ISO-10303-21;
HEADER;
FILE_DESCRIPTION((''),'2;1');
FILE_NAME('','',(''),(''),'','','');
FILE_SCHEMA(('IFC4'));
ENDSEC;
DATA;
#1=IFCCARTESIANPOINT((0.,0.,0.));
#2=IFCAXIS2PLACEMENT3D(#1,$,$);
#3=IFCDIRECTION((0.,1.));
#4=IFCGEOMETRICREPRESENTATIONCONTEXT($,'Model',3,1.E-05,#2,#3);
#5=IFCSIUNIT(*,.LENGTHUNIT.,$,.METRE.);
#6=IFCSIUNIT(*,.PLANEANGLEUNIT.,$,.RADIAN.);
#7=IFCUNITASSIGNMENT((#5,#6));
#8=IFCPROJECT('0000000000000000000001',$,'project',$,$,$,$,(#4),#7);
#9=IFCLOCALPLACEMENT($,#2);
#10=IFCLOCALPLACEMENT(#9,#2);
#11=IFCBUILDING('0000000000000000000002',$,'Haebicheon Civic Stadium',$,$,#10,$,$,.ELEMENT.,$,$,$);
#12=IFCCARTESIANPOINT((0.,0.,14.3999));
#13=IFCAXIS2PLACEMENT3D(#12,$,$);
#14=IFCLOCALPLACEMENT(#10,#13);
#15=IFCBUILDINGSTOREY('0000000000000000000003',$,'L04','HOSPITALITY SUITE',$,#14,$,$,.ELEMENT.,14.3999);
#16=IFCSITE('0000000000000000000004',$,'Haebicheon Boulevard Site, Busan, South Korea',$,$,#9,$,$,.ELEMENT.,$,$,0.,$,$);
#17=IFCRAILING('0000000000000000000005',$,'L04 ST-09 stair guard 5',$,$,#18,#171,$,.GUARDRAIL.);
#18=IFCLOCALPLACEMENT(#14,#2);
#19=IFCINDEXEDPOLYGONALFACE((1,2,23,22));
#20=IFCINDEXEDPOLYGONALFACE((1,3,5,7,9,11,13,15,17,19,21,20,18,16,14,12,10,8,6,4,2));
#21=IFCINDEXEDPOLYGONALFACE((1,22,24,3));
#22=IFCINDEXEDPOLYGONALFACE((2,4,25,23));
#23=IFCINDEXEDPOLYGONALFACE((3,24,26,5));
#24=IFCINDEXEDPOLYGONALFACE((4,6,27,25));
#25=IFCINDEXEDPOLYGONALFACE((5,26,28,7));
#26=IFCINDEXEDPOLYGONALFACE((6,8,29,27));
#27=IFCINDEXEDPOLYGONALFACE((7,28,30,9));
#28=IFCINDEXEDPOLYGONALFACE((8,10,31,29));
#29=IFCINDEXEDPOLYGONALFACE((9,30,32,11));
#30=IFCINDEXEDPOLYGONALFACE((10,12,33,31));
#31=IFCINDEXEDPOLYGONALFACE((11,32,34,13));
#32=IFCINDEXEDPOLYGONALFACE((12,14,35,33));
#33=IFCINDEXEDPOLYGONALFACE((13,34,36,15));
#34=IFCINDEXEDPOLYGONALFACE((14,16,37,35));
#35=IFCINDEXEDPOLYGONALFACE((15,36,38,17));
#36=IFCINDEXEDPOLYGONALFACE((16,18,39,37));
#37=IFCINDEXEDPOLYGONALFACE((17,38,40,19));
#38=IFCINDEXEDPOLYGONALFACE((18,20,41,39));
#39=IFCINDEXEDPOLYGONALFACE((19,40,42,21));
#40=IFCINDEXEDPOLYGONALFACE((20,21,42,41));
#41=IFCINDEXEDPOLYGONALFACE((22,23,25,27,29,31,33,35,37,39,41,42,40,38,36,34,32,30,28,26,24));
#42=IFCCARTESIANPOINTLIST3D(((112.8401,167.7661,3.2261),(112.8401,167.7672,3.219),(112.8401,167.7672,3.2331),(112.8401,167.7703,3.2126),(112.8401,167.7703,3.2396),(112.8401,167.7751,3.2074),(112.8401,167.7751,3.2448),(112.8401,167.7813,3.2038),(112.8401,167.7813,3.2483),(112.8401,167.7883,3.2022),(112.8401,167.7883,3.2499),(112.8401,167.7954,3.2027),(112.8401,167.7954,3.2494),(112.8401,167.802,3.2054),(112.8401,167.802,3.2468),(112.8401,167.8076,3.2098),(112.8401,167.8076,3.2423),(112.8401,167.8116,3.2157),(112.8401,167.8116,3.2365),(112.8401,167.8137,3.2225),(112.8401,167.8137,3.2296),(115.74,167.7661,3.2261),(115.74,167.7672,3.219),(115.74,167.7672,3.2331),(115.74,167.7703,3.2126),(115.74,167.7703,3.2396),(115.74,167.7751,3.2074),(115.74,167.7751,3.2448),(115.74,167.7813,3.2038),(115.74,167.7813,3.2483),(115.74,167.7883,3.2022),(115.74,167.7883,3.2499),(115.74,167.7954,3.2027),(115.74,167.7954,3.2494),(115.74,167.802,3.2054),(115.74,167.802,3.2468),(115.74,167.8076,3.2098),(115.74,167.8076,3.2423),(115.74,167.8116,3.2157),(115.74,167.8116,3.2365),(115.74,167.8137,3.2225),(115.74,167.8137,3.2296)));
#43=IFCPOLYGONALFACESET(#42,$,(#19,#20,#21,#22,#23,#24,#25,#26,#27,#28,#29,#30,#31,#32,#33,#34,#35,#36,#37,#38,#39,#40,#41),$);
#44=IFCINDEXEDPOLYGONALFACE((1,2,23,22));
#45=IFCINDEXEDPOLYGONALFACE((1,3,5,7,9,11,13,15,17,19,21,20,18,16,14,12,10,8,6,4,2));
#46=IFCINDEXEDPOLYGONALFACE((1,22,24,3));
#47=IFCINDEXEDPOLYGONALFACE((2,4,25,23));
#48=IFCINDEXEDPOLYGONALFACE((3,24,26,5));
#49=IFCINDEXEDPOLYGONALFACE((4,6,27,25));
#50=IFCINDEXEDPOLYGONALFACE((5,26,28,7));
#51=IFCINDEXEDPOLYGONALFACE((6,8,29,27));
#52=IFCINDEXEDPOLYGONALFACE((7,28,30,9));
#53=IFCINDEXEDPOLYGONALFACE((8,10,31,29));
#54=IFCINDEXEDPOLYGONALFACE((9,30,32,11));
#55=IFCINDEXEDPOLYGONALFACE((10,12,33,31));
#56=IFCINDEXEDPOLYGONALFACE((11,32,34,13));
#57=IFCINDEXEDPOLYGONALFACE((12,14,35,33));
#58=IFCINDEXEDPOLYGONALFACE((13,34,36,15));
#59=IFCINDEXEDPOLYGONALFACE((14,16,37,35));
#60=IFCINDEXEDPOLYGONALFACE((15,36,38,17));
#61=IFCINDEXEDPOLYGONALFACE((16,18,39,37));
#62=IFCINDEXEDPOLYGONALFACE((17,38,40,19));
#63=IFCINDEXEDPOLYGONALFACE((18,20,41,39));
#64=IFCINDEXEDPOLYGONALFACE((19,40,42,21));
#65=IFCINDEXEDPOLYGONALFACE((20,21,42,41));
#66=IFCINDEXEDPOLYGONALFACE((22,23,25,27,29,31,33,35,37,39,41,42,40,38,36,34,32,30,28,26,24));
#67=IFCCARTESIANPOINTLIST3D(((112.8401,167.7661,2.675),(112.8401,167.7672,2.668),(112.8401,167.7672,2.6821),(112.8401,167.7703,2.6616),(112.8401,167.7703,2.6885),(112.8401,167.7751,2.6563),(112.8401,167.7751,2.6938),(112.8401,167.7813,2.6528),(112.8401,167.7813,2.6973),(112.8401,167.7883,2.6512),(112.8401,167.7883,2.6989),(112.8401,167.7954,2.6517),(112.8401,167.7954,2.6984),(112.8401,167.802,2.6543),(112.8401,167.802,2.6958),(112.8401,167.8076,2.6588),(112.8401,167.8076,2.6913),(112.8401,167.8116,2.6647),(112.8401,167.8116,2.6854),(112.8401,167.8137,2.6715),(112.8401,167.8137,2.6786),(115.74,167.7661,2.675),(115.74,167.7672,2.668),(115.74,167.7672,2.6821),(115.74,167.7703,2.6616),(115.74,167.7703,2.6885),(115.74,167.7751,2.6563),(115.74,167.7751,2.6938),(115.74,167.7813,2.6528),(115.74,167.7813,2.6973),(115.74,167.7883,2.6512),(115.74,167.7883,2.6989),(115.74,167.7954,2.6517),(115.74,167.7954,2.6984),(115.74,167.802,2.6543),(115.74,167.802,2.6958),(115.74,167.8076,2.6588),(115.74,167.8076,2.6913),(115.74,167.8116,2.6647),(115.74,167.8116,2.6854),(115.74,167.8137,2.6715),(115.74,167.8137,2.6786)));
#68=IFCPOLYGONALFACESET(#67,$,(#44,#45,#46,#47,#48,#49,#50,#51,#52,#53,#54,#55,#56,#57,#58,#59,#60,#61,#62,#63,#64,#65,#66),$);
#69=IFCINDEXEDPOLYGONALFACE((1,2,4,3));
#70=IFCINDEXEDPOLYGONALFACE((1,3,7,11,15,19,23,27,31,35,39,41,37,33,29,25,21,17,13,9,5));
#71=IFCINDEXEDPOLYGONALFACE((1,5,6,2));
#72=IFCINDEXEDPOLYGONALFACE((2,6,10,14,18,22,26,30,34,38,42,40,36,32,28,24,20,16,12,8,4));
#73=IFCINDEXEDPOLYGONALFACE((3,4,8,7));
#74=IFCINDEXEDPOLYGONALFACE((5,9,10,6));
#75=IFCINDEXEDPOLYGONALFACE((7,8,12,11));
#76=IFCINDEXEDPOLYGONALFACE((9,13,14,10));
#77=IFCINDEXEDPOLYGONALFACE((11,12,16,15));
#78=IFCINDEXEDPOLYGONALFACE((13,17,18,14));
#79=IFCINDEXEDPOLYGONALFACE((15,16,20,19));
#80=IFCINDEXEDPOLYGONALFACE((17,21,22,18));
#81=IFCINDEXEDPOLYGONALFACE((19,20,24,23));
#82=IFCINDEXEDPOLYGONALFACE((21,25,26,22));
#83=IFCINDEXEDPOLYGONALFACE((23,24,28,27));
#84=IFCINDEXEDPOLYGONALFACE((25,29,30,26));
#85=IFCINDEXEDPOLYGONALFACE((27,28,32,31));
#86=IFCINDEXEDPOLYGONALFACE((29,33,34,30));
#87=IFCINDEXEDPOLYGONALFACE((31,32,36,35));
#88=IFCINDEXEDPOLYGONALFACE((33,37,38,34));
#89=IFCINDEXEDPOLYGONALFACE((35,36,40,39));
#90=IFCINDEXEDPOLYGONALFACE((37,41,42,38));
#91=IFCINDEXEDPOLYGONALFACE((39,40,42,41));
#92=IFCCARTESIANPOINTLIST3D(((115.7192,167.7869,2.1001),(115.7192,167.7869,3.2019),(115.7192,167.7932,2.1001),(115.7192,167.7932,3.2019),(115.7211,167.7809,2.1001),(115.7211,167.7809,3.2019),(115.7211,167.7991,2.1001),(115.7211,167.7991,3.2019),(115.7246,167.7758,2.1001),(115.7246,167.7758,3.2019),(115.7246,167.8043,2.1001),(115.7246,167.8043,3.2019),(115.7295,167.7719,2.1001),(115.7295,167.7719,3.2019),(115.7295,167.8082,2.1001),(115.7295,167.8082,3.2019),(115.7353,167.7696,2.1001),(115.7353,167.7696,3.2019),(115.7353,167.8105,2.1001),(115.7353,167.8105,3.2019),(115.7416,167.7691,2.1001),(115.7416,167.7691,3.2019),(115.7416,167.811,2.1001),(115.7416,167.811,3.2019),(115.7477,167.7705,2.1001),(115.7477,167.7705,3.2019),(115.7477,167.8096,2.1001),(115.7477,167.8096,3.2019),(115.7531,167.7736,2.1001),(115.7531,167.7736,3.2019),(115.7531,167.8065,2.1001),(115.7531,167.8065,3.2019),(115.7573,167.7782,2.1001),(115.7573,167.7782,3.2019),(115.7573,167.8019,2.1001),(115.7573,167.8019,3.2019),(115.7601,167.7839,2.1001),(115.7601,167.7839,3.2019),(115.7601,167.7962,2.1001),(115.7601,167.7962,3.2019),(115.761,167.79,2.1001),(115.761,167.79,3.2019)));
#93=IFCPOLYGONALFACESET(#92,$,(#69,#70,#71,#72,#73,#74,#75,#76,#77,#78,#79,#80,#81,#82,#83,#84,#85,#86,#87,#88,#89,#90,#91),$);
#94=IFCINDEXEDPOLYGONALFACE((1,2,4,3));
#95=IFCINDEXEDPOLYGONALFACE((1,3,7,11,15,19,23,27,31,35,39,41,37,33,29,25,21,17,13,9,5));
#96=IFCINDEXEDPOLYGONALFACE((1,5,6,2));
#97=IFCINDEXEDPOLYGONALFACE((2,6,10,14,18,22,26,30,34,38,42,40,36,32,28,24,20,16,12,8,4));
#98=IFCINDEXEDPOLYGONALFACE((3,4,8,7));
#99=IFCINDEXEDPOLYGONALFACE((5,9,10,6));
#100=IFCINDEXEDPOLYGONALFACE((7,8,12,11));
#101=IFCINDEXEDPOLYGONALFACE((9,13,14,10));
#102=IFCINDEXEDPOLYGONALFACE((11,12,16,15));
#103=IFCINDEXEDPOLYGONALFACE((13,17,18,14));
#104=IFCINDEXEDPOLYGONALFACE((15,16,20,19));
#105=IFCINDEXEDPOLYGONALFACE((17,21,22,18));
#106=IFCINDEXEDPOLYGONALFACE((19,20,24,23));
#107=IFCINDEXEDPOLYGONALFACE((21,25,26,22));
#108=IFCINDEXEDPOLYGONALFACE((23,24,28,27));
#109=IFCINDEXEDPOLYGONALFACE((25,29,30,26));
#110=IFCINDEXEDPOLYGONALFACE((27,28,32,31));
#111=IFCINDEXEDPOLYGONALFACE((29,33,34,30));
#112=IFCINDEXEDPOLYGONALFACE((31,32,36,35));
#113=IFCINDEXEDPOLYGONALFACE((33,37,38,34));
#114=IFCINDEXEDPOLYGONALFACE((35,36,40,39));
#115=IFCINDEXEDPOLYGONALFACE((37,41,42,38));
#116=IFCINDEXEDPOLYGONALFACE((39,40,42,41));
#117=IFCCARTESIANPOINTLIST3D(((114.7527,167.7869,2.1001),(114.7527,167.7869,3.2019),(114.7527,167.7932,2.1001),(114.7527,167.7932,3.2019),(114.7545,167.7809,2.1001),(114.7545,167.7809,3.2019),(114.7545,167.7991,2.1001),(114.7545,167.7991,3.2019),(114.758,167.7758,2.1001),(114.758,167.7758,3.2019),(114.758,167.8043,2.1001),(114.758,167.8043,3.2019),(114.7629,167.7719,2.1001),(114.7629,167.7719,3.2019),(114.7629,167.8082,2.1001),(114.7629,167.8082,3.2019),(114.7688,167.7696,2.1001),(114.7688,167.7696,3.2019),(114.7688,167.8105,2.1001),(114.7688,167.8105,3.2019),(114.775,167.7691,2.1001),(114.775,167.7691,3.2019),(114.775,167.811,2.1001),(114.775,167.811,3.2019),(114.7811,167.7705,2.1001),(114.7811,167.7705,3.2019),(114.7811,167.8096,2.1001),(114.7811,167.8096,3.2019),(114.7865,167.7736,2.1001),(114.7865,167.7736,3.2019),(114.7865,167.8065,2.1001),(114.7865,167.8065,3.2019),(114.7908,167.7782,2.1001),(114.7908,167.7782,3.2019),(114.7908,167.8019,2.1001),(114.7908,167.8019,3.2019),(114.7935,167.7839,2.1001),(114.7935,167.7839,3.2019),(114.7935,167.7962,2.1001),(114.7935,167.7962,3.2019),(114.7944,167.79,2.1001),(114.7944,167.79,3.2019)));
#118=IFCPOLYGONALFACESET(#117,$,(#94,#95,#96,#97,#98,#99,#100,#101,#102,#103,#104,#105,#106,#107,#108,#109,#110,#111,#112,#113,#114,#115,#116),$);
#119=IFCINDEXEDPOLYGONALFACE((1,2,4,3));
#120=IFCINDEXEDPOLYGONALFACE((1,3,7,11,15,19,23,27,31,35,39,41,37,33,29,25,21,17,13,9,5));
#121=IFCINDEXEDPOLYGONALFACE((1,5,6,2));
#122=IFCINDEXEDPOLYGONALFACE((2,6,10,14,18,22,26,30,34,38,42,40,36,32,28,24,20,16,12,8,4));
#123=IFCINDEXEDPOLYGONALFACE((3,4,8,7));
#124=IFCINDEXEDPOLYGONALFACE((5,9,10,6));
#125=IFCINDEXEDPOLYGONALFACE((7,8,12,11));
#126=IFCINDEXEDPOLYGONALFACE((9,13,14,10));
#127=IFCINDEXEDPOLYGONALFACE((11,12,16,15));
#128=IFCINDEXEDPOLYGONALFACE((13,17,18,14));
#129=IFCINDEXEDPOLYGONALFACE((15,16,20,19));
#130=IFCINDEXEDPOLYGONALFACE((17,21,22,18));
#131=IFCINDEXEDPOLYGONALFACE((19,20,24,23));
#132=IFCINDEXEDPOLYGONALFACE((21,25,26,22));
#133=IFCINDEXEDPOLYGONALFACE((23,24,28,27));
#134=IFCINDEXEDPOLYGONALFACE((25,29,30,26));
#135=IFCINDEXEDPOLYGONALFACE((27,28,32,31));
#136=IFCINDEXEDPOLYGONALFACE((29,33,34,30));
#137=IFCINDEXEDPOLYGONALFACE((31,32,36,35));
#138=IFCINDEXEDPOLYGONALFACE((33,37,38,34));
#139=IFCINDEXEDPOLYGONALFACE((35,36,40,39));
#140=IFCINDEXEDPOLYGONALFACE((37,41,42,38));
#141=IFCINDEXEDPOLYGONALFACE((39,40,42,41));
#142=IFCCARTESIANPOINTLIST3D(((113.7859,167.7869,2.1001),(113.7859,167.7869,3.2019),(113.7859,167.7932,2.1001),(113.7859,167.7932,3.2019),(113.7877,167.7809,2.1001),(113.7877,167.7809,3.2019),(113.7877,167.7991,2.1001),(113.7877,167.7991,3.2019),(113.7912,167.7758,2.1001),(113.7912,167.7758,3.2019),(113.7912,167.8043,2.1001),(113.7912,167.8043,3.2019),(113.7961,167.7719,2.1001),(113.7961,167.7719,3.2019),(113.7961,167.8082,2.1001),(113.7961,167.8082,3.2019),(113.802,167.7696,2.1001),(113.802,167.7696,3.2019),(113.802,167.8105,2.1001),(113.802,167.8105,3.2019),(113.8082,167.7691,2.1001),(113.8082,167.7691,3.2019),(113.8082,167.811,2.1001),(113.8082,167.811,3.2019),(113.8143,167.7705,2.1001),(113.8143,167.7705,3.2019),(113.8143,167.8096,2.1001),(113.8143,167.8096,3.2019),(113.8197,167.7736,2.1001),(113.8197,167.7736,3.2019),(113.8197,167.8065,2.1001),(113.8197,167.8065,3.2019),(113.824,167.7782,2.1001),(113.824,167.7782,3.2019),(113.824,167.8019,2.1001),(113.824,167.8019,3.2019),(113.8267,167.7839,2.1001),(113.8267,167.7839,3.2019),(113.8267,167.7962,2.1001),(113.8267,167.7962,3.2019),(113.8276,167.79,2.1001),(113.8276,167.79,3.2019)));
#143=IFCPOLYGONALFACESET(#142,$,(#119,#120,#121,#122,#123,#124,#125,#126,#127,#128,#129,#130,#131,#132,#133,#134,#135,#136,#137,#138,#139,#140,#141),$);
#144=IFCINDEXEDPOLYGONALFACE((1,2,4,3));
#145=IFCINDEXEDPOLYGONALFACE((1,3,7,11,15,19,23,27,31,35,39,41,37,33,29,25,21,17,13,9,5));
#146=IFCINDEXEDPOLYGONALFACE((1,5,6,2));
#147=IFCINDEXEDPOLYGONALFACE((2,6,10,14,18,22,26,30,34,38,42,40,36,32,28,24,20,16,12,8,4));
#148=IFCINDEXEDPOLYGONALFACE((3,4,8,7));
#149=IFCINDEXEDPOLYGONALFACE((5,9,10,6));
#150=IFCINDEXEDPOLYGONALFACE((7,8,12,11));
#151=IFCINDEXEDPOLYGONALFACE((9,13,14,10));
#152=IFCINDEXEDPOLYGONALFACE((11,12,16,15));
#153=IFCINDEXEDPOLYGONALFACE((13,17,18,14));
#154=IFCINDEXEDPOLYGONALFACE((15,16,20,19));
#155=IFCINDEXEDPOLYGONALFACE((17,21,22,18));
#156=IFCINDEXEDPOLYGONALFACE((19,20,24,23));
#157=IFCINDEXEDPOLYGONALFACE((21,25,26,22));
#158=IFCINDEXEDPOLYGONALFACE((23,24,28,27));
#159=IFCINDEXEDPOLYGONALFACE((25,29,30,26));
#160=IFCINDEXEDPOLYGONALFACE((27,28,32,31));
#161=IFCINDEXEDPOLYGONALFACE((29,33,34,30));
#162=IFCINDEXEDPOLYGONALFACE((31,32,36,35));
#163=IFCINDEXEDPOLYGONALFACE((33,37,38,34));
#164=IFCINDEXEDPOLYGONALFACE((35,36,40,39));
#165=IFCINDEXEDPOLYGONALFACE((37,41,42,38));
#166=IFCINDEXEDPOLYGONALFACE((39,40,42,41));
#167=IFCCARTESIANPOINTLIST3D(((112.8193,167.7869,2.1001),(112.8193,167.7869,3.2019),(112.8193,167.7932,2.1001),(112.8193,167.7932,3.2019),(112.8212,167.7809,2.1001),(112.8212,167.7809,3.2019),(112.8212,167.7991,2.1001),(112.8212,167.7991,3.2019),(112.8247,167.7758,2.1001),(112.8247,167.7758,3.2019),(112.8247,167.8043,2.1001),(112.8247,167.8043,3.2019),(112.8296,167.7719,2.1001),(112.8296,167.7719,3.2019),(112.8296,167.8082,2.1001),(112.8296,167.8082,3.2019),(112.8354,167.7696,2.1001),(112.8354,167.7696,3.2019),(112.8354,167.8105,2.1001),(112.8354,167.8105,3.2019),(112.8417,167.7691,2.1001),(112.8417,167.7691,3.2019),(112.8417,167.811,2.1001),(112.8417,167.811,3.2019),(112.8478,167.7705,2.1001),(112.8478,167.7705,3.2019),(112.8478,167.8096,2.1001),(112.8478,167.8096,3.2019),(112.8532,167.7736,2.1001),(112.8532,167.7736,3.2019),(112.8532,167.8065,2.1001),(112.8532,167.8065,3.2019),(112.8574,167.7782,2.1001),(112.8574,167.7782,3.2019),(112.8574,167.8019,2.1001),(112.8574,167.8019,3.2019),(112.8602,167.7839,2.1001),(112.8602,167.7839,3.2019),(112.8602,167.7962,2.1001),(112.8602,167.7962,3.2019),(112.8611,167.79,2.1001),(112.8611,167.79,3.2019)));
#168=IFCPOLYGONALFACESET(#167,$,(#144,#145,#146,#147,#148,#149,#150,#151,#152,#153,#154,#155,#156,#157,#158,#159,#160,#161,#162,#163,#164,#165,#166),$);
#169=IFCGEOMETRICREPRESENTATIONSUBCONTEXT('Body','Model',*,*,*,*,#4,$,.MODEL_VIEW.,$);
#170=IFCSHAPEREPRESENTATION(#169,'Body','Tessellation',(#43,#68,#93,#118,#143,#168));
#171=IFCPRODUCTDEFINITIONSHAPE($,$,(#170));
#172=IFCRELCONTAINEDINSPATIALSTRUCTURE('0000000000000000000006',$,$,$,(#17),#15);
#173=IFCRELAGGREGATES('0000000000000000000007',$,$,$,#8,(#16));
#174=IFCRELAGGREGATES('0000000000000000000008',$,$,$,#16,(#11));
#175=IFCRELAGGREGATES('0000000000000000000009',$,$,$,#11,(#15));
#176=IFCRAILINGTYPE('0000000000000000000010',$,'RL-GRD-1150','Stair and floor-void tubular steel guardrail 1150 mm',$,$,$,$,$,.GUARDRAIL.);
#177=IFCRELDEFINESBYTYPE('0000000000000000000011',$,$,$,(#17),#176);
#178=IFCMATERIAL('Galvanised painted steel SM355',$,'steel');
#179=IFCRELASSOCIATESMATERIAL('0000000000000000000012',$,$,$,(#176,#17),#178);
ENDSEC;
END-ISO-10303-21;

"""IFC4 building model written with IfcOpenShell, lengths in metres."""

from ifc_helpers import new_model, si_unit, direction, frame, origin, origin_2d, place, context, subcontext, project, spatial, circle, extrude, material, type_object, element, save


model = new_model("IFC4")

# Units and contexts
model_context = context("Model", 3, precision=1e-05, world=origin(), true_north=direction((0.0, 1.0)))
body_context = subcontext(model_context, "Body", "Model", "MODEL_VIEW")
ifc_project = project(units=[si_unit("LENGTHUNIT", "METRE"), si_unit("PLANEANGLEUNIT", "RADIAN")], contexts=[model_context])

# Site, building, storey
site_placement = place(None, origin())
site = spatial("IfcSite", under=ifc_project, at=site_placement, Name="Haebicheon Boulevard Site, Busan, South Korea", CompositionType="ELEMENT", RefElevation=0.0)
building_placement = place(site_placement, origin())
building = spatial("IfcBuilding", under=site, at=building_placement, Name="Haebicheon Civic Stadium", CompositionType="ELEMENT")
storey_placement = place(building_placement, frame((0.0, 0.0, 14.3999)))
storey = spatial("IfcBuildingStorey", under=building, at=storey_placement, Name="L04", Description="HOSPITALITY SUITE", CompositionType="ELEMENT", Elevation=14.3999)

# Railing
ifc_material_1 = material(Name="Galvanised painted steel SM355", Category="steel")
railing_type_1 = type_object("IfcRailingType", Name="RL-GRD-1150", Description="Stair and floor-void tubular steel guardrail 1150 mm", PredefinedType="GUARDRAIL", material=ifc_material_1)
railing_1_placement = place(storey_placement, frame((115.74, 167.79, 2.1001)))
element("IfcRailing", 1, at=railing_1_placement, inside=storey, type_object=railing_type_1, material=ifc_material_1, Name="L04 ST-09 stair guard 5", PredefinedType="GUARDRAIL", context=body_context, shape_type="SweptSolid", body=[
    extrude(circle(Radius=0.0239, at=origin_2d()), frame((0.0, 0.0, 1.126), z_axis=(-1.0, 0.0, 0.0), x_axis=(0.0, -1.0, 0.0)), (0.0, 0.0, 1.0), 2.8999),
    extrude(circle(Radius=0.0239, at=origin_2d()), frame((0.0, 0.0, 0.575), z_axis=(-1.0, 0.0, 0.0), x_axis=(0.0, -1.0, 0.0)), (0.0, 0.0, 1.0), 2.8999),
    extrude(circle(Radius=0.021, at=origin_2d()), origin(), (0.0, 0.0, 1.0), 1.1018),
    extrude(circle(Radius=0.021, at=origin_2d()), frame((-0.9666, 0.0, 0.0)), (0.0, 0.0, 1.0), 1.1018),
    extrude(circle(Radius=0.021, at=origin_2d()), frame((-1.9333, 0.0, 0.0)), (0.0, 0.0, 1.0), 1.1018),
    extrude(circle(Radius=0.021, at=origin_2d()), frame((-2.8999, 0.0, 0.0)), (0.0, 0.0, 1.0), 1.1018),
])

save(model, "model.ifc")
